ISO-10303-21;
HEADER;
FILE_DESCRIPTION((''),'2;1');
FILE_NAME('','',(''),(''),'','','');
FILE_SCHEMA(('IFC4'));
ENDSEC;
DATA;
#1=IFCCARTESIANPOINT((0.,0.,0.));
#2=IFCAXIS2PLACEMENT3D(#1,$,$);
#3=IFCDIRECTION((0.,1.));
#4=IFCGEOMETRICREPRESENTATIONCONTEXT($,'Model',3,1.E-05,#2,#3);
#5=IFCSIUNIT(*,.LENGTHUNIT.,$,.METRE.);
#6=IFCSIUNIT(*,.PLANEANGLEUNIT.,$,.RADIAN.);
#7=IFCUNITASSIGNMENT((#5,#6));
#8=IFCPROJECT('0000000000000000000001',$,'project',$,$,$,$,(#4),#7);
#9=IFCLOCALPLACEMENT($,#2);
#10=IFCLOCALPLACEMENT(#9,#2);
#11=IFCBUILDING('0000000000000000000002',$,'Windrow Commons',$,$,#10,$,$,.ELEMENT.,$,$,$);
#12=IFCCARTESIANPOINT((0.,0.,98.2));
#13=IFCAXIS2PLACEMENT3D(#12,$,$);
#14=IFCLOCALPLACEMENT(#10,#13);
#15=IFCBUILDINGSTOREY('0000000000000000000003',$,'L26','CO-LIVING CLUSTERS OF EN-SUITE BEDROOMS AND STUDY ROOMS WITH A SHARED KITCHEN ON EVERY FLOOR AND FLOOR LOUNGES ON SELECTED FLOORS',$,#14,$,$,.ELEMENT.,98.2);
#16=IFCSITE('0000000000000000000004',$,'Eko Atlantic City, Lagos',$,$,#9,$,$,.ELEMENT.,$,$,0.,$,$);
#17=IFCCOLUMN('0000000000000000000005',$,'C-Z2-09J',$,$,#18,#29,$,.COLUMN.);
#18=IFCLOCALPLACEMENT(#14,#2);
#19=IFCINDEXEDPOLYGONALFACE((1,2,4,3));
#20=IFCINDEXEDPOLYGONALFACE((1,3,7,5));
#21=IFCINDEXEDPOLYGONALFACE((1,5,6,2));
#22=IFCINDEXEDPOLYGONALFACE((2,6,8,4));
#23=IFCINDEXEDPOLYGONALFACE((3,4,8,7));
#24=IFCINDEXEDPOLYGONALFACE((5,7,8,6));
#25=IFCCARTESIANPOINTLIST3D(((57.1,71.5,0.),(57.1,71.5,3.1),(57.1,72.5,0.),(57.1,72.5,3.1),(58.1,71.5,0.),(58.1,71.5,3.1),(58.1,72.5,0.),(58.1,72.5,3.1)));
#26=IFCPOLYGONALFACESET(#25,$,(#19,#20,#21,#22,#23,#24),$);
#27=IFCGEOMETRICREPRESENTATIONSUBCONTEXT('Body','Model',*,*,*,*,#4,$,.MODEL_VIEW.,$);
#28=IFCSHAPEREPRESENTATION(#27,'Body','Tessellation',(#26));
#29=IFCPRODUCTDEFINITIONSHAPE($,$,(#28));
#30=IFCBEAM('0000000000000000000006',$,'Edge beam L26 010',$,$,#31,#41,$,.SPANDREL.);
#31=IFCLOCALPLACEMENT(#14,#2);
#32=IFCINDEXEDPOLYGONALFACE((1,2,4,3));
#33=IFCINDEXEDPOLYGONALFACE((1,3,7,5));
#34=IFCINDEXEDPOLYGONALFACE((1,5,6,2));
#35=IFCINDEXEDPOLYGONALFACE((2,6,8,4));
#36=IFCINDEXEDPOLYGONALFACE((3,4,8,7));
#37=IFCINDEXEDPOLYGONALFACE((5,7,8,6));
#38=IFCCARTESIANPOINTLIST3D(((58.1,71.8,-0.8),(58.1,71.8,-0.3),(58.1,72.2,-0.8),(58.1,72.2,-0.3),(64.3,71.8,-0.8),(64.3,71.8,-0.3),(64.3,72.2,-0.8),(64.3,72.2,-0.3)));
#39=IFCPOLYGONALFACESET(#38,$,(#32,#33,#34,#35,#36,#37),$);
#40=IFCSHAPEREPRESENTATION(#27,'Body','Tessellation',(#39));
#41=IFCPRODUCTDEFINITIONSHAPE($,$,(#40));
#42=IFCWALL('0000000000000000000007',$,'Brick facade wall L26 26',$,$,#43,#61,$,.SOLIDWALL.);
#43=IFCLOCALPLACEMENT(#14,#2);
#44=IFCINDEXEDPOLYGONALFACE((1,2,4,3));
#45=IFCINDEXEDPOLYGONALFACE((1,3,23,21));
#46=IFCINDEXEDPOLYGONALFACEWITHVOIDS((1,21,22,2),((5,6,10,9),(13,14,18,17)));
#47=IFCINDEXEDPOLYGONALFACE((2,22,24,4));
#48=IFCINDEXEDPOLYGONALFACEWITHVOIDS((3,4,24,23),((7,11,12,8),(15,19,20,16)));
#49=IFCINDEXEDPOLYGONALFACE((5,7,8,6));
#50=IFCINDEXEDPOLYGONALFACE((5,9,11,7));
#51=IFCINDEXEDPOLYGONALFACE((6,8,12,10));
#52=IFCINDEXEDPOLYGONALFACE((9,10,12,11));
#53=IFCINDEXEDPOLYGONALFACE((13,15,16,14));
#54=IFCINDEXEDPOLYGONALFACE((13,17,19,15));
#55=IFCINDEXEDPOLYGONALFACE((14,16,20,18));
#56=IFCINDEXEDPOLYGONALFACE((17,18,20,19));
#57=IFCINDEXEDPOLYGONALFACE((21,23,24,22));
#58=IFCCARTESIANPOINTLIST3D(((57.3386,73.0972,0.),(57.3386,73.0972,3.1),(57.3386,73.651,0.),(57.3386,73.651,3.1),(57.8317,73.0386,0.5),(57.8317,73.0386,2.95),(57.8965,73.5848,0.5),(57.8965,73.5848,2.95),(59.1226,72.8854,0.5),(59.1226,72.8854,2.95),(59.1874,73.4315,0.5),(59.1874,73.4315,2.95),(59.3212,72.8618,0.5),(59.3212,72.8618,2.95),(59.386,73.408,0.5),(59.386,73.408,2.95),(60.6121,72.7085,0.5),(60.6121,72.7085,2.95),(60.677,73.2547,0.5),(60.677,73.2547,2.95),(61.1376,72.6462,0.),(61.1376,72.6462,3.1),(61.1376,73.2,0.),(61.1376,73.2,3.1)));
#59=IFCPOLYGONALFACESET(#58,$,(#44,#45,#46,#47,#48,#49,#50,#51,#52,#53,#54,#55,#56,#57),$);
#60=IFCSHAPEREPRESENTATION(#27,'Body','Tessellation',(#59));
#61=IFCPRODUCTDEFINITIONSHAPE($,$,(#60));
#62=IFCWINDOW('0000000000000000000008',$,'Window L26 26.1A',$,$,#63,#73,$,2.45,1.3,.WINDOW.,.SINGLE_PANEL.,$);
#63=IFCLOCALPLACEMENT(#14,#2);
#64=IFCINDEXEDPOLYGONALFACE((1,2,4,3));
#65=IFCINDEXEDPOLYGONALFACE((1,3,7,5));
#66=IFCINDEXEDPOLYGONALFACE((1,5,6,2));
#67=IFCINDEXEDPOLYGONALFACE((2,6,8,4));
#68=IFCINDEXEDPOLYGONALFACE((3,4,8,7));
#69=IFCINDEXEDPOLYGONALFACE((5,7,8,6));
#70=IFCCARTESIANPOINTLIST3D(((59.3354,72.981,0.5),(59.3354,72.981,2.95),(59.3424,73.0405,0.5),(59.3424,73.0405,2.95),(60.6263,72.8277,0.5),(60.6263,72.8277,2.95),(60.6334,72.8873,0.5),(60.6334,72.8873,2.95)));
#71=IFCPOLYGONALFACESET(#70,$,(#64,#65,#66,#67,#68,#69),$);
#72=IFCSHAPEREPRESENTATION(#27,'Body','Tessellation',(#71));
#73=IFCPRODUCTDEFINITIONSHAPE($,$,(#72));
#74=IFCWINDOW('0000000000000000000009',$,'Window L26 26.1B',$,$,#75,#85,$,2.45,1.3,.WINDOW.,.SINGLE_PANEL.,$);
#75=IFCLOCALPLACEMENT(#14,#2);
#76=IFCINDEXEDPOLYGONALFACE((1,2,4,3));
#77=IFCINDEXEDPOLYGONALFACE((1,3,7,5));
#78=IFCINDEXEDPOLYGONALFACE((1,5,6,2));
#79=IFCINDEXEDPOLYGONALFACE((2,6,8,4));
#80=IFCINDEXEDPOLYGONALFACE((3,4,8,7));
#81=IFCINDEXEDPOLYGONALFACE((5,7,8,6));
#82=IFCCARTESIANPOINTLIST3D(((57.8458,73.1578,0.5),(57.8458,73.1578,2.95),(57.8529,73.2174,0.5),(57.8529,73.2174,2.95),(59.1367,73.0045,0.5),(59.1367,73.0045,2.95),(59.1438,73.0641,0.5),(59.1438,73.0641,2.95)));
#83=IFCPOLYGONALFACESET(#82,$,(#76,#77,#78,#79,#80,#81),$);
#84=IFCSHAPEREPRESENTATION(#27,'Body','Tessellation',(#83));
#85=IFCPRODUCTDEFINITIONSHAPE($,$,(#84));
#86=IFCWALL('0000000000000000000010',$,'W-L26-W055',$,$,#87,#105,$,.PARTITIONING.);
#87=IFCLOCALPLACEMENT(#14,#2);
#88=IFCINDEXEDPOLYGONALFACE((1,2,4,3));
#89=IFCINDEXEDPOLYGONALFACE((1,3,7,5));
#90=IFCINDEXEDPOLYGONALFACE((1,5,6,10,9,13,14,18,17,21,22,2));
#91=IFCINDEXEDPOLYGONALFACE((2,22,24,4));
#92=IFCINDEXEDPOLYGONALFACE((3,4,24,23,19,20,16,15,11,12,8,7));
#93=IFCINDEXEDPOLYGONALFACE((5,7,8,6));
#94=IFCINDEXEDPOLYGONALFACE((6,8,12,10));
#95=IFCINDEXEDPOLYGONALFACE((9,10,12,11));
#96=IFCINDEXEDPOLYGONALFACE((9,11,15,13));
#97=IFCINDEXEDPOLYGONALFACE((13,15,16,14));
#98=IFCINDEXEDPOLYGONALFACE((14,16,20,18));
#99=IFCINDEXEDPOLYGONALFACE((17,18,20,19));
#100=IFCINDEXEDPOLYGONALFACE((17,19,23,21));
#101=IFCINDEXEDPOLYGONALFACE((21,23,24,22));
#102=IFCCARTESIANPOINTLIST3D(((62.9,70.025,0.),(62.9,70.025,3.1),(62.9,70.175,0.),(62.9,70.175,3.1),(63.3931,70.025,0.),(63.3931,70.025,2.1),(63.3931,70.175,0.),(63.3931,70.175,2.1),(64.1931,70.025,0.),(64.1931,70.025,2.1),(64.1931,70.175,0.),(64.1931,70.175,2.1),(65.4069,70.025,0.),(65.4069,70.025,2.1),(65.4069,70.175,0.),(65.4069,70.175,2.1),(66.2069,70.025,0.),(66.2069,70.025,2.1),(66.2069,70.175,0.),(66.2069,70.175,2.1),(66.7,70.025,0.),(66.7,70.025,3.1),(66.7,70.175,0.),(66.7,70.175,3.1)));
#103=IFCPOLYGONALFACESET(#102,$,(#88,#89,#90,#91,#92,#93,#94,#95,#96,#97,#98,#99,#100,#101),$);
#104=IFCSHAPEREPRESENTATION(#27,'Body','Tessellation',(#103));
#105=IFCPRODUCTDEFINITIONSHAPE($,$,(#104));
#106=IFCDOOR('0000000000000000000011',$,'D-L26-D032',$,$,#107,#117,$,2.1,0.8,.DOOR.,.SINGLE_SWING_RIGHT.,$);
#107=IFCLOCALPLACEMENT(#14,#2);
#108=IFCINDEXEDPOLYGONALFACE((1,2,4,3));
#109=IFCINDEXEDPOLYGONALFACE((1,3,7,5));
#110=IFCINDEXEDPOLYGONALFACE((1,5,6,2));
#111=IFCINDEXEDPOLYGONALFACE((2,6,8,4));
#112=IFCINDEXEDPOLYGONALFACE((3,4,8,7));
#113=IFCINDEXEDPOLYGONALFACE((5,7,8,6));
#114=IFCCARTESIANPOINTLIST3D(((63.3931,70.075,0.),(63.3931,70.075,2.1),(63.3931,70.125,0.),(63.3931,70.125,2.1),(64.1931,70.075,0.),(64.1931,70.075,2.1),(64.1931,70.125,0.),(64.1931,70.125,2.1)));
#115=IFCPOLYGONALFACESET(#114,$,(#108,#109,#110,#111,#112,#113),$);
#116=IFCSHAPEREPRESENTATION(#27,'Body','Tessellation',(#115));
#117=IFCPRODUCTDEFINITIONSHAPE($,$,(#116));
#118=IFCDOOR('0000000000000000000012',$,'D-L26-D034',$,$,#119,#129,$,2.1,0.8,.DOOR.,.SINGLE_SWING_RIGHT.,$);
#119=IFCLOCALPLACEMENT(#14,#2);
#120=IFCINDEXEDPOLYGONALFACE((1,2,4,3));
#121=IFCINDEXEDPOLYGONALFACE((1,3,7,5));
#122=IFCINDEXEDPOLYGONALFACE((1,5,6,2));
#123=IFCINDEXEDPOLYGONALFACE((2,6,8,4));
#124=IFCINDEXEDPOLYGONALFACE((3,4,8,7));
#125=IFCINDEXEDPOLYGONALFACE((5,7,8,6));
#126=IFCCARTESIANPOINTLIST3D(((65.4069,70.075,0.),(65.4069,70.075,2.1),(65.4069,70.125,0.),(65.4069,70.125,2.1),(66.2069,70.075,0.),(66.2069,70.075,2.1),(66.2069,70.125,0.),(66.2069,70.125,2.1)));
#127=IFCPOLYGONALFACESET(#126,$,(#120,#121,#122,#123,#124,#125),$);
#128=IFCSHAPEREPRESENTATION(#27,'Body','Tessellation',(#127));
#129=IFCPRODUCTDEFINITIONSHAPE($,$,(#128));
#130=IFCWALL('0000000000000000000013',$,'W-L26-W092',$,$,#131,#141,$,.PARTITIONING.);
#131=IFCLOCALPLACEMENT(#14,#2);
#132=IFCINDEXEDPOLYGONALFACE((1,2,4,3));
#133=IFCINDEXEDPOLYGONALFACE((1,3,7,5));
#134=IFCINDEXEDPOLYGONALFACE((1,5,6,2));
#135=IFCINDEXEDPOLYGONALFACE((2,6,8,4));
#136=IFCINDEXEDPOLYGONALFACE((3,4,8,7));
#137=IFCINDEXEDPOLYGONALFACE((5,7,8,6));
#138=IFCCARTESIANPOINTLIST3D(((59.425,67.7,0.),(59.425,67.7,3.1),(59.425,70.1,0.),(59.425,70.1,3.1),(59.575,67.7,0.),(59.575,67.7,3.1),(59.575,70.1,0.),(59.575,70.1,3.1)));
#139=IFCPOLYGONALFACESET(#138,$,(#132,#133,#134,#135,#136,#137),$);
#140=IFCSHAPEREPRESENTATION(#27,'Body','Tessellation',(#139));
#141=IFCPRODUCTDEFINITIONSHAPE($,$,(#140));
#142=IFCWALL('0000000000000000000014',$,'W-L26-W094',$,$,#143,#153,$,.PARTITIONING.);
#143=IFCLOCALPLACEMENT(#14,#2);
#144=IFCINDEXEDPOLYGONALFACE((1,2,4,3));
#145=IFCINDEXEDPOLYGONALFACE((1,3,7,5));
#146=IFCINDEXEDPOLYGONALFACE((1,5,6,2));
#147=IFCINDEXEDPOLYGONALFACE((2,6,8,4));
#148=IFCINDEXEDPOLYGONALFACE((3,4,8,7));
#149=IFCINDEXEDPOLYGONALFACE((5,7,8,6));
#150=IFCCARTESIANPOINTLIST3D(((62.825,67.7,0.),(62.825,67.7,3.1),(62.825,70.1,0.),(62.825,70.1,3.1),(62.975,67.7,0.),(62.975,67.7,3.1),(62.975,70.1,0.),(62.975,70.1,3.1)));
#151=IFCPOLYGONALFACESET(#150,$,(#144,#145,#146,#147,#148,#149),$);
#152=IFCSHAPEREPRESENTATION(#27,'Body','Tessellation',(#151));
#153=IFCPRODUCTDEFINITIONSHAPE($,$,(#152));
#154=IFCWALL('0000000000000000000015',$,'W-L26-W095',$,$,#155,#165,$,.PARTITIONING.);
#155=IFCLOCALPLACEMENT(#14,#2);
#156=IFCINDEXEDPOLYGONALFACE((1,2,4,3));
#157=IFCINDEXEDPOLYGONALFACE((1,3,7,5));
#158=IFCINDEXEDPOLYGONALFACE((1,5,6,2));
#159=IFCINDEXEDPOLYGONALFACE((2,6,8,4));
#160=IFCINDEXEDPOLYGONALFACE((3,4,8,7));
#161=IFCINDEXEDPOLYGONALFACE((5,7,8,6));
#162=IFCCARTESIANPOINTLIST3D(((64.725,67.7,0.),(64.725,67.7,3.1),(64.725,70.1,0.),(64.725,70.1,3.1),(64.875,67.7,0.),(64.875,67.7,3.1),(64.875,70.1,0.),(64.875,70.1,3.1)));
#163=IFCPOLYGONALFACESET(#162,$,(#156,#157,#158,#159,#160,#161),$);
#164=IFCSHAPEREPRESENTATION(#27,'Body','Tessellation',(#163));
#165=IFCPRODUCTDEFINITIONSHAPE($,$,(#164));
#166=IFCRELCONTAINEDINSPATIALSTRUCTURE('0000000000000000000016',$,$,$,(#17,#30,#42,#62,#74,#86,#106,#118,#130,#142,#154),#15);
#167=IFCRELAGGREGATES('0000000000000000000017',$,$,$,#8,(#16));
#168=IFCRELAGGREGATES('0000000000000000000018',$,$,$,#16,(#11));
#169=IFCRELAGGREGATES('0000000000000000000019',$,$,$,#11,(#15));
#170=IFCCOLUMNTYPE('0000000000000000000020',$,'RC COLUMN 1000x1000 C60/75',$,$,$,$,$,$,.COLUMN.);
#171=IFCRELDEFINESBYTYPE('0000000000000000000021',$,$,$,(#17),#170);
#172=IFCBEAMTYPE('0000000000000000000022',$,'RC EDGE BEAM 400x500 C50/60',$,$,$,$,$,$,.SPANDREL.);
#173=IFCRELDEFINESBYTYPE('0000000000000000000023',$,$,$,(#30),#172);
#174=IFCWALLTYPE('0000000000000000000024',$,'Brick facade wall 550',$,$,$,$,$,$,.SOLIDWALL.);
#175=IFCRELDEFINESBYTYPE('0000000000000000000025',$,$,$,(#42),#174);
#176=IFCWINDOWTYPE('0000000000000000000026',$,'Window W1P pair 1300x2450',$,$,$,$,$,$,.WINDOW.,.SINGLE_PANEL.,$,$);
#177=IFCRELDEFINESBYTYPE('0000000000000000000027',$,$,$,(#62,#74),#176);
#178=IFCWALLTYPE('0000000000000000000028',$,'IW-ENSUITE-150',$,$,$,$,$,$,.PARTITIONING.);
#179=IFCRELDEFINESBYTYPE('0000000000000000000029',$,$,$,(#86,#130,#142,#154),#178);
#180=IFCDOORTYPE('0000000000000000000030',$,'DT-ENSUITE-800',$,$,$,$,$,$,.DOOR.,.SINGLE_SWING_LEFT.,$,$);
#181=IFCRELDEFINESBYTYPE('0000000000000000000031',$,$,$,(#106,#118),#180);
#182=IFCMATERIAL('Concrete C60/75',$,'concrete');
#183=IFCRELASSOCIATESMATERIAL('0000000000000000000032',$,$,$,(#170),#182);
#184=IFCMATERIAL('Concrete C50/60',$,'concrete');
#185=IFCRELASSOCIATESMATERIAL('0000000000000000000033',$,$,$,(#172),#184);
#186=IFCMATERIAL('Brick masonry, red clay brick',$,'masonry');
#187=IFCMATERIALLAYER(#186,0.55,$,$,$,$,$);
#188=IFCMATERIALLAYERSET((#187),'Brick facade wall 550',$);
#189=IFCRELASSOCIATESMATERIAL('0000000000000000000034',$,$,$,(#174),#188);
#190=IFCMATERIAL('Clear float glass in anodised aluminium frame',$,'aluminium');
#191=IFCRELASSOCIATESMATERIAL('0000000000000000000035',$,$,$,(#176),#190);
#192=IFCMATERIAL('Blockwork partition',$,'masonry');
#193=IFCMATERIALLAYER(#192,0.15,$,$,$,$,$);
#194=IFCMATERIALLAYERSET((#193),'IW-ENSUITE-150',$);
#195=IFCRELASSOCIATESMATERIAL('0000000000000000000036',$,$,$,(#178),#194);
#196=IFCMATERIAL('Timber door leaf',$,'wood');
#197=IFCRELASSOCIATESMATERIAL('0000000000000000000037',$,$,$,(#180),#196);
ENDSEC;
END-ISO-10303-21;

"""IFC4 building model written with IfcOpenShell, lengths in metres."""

from ifc_helpers import new_model, si_unit, direction, frame, frame_2d, origin, origin_2d, place, context, subcontext, project, spatial, polyline, rectangle, outline, extrude, material, layer, layer_set, material_profile, profile_set, type_object, element, fill, save


model = new_model("IFC4")

# Units and contexts
model_context = context("Model", 3, precision=1e-05, world=origin(), true_north=direction((0.0, 1.0)))
body_context = subcontext(model_context, "Body", "Model", "MODEL_VIEW")
ifc_project = project(units=[si_unit("LENGTHUNIT", "METRE"), si_unit("PLANEANGLEUNIT", "RADIAN")], contexts=[model_context])

# Site, building, storey
site_placement = place(None, origin())
site = spatial("IfcSite", under=ifc_project, at=site_placement, Name="Eko Atlantic City, Lagos", CompositionType="ELEMENT", RefElevation=0.0)
building_placement = place(site_placement, origin())
building = spatial("IfcBuilding", under=site, at=building_placement, Name="Windrow Commons", CompositionType="ELEMENT")
storey_placement = place(building_placement, frame((0.0, 0.0, 98.2)))
storey = spatial("IfcBuildingStorey", under=building, at=storey_placement, Name="L26", Description="CO-LIVING CLUSTERS OF EN-SUITE BEDROOMS AND STUDY ROOMS WITH A SHARED KITCHEN ON EVERY FLOOR AND FLOOR LOUNGES ON SELECTED FLOORS", CompositionType="ELEMENT", Elevation=98.2)

# Column
ifc_material_1 = material(Name="Concrete C60/75", Category="concrete")
ifc_material_profile_1 = material_profile(ifc_material_1, rectangle(XDim=1.0, YDim=1.0, at=origin_2d()))
ifc_profile_set_1 = profile_set([ifc_material_profile_1], Name="Concrete C60/75")
column_type = type_object("IfcColumnType", Name="RC COLUMN 1000x1000 C60/75", PredefinedType="COLUMN", material=ifc_profile_set_1)
column_placement = place(storey_placement, frame((57.6, 72.0, 0.0), z_axis=(0.0, 0.0, 1.0), x_axis=(1.0, 0.0, 0.0)))
element("IfcColumn", 1, at=column_placement, inside=storey, type_object=column_type, Name="C-Z2-09J", PredefinedType="COLUMN", context=body_context, shape_type="SweptSolid", body=[
    extrude(rectangle(XDim=1.0, YDim=1.0, at=origin_2d()), origin(), (0.0, 0.0, 1.0), 3.1),
])

# Beam
ifc_material_2 = material(Name="Concrete C50/60", Category="concrete")
ifc_material_profile_2 = material_profile(ifc_material_2, rectangle(XDim=0.4, YDim=0.5, at=origin_2d()))
ifc_profile_set_2 = profile_set([ifc_material_profile_2], Name="Concrete C50/60")
beam_type = type_object("IfcBeamType", Name="RC EDGE BEAM 400x500 C50/60", PredefinedType="SPANDREL", material=ifc_profile_set_2)
beam_placement = place(storey_placement, frame((58.1, 72.0, -0.55), z_axis=(1.0, 0.0, 0.0), x_axis=(0.0, 1.0, 0.0)))
element("IfcBeam", 2, at=beam_placement, inside=storey, type_object=beam_type, Name="Edge beam L26 010", PredefinedType="SPANDREL", context=body_context, shape_type="SweptSolid", body=[
    extrude(rectangle(XDim=0.4, YDim=0.5, at=origin_2d()), origin(), (0.0, 0.0, 1.0), 6.2),
])

# Wall, openings, windows
ifc_material_3 = material(Name="Brick masonry, red clay brick", Category="masonry")
ifc_layer_1 = layer(ifc_material_3, 0.55)
ifc_layer_set_1 = layer_set([ifc_layer_1], Name="Brick facade wall 550")
wall_type_1 = type_object("IfcWallType", Name="Brick facade wall 550", PredefinedType="SOLIDWALL", material=ifc_layer_set_1)
wall_1_placement = place(storey_placement, frame((61.1376, 72.9231, 0.0), z_axis=(0.0, 0.0, 1.0), x_axis=(-0.993027, 0.117888, 0.0)))
wall_1 = element("IfcWall", 3, at=wall_1_placement, inside=storey, type_object=wall_type_1, Name="Brick facade wall L26 26", PredefinedType="SOLIDWALL", context=body_context, shape_type="SweptSolid", body=[
    extrude(outline(polyline([(0.0326, -0.275), (3.8583, -0.275), (3.793, 0.275), (-0.0326, 0.275), (0.0326, -0.275)])), origin(), (0.0, 0.0, 1.0), 3.1),
])
opening_1_placement = place(wall_1_placement, frame((0.4965, 0.0, 0.5)))
opening_1 = element("IfcOpeningElement", 4, at=opening_1_placement, cuts=wall_1, PredefinedType="OPENING", context=body_context, shape_type="SweptSolid", body=[
    extrude(rectangle(XDim=1.3, YDim=2.45, at=frame_2d((0.65, 1.225))), frame((0.0, 0.285, 0.0), z_axis=(0.0, -1.0, 0.0), x_axis=(1.0, 0.0, 0.0)), (0.0, 0.0, 1.0), 0.57),
])
opening_2_placement = place(wall_1_placement, frame((1.9965, 0.0, 0.5)))
opening_2 = element("IfcOpeningElement", 5, at=opening_2_placement, cuts=wall_1, PredefinedType="OPENING", context=body_context, shape_type="SweptSolid", body=[
    extrude(rectangle(XDim=1.3, YDim=2.45, at=frame_2d((0.65, 1.225))), frame((0.0, 0.285, 0.0), z_axis=(0.0, -1.0, 0.0), x_axis=(1.0, 0.0, 0.0)), (0.0, 0.0, 1.0), 0.57),
])
ifc_material_4 = material(Name="Clear float glass in anodised aluminium frame", Category="aluminium")
window_type = type_object("IfcWindowType", Name="Window W1P pair 1300x2450", PartitioningType="SINGLE_PANEL", PredefinedType="WINDOW", material=ifc_material_4)
window_1_placement = place(opening_1_placement, origin())
window_1 = element("IfcWindow", 6, at=window_1_placement, inside=storey, type_object=window_type, Name="Window L26 26.1A", OverallHeight=2.45, OverallWidth=1.3, PartitioningType="SINGLE_PANEL", PredefinedType="WINDOW", context=body_context, shape_type="SweptSolid", body=[
    extrude(rectangle(XDim=1.3, YDim=2.45, at=frame_2d((0.65, 1.225))), frame((0.0, 0.155, 0.0), z_axis=(0.0, -1.0, 0.0), x_axis=(1.0, 0.0, 0.0)), (0.0, 0.0, 1.0), 0.06),
])
fill(opening_1, window_1)
window_2_placement = place(opening_2_placement, origin())
window_2 = element("IfcWindow", 7, at=window_2_placement, inside=storey, type_object=window_type, Name="Window L26 26.1B", OverallHeight=2.45, OverallWidth=1.3, PartitioningType="SINGLE_PANEL", PredefinedType="WINDOW", context=body_context, shape_type="SweptSolid", body=[
    extrude(rectangle(XDim=1.3, YDim=2.45, at=frame_2d((0.65, 1.225))), frame((0.0, 0.155, 0.0), z_axis=(0.0, -1.0, 0.0), x_axis=(1.0, 0.0, 0.0)), (0.0, 0.0, 1.0), 0.06),
])
fill(opening_2, window_2)

# Wall, openings, doors
ifc_material_5 = material(Name="Blockwork partition", Category="masonry")
ifc_layer_2 = layer(ifc_material_5, 0.15)
ifc_layer_set_2 = layer_set([ifc_layer_2], Name="IW-ENSUITE-150")
wall_type_2 = type_object("IfcWallType", Name="IW-ENSUITE-150", PredefinedType="PARTITIONING", material=ifc_layer_set_2)
wall_2_placement = place(storey_placement, frame((62.9, 70.1, 0.0), z_axis=(0.0, 0.0, 1.0), x_axis=(1.0, 0.0, 0.0)))
wall_2 = element("IfcWall", 8, at=wall_2_placement, inside=storey, type_object=wall_type_2, Name="W-L26-W055", PredefinedType="PARTITIONING", context=body_context, shape_type="SweptSolid", body=[
    extrude(rectangle(XDim=3.8, YDim=0.15, at=frame_2d((1.9, 0.0))), origin(), (0.0, 0.0, 1.0), 3.1),
])
opening_3_placement = place(wall_2_placement, frame((0.4931, 0.0, 0.0)))
opening_3 = element("IfcOpeningElement", 9, at=opening_3_placement, cuts=wall_2, PredefinedType="OPENING", context=body_context, shape_type="SweptSolid", body=[
    extrude(rectangle(XDim=0.8, YDim=2.1, at=frame_2d((0.4, 1.05))), frame((0.0, 0.085, 0.0), z_axis=(0.0, -1.0, 0.0), x_axis=(1.0, 0.0, 0.0)), (0.0, 0.0, 1.0), 0.17),
])
opening_4_placement = place(wall_2_placement, frame((2.5069, 0.0, 0.0)))
opening_4 = element("IfcOpeningElement", 10, at=opening_4_placement, cuts=wall_2, PredefinedType="OPENING", context=body_context, shape_type="SweptSolid", body=[
    extrude(rectangle(XDim=0.8, YDim=2.1, at=frame_2d((0.4, 1.05))), frame((0.0, 0.085, 0.0), z_axis=(0.0, -1.0, 0.0), x_axis=(1.0, 0.0, 0.0)), (0.0, 0.0, 1.0), 0.17),
])
ifc_material_6 = material(Name="Timber door leaf", Category="wood")
door_type = type_object("IfcDoorType", Name="DT-ENSUITE-800", OperationType="SINGLE_SWING_LEFT", PredefinedType="DOOR", material=ifc_material_6)
door_1_placement = place(opening_3_placement, origin())
door_1 = element("IfcDoor", 11, at=door_1_placement, inside=storey, type_object=door_type, Name="D-L26-D032", OperationType="SINGLE_SWING_RIGHT", OverallHeight=2.1, OverallWidth=0.8, PredefinedType="DOOR", context=body_context, shape_type="SweptSolid", body=[
    extrude(rectangle(XDim=0.8, YDim=2.1, at=frame_2d((0.4, 1.05))), frame((0.0, 0.025, 0.0), z_axis=(0.0, -1.0, 0.0), x_axis=(1.0, 0.0, 0.0)), (0.0, 0.0, 1.0), 0.05),
])
fill(opening_3, door_1)
door_2_placement = place(opening_4_placement, origin())
door_2 = element("IfcDoor", 12, at=door_2_placement, inside=storey, type_object=door_type, Name="D-L26-D034", OperationType="SINGLE_SWING_RIGHT", OverallHeight=2.1, OverallWidth=0.8, PredefinedType="DOOR", context=body_context, shape_type="SweptSolid", body=[
    extrude(rectangle(XDim=0.8, YDim=2.1, at=frame_2d((0.4, 1.05))), frame((0.0, 0.025, 0.0), z_axis=(0.0, -1.0, 0.0), x_axis=(1.0, 0.0, 0.0)), (0.0, 0.0, 1.0), 0.05),
])
fill(opening_4, door_2)

# Walls
for number, where, z_axis, x_axis, name in (
    (13, (59.5, 67.7, 0.0), (0.0, 0.0, 1.0), (0.0, 1.0, 0.0), "W-L26-W092"),
    (14, (62.9, 67.7, 0.0), (0.0, 0.0, 1.0), (0.0, 1.0, 0.0), "W-L26-W094"),
    (15, (64.8, 67.7, 0.0), (0.0, 0.0, 1.0), (0.0, 1.0, 0.0), "W-L26-W095"),
):
    element("IfcWall", number, at=place(storey_placement, frame(where, z_axis=z_axis, x_axis=x_axis)), inside=storey, type_object=wall_type_2, Name=name, PredefinedType="PARTITIONING", context=body_context, shape_type="SweptSolid", body=[
        extrude(rectangle(XDim=2.4, YDim=0.15, at=frame_2d((1.2, 0.0))), origin(), (0.0, 0.0, 1.0), 3.1),
    ])

save(model, "model.ifc")
